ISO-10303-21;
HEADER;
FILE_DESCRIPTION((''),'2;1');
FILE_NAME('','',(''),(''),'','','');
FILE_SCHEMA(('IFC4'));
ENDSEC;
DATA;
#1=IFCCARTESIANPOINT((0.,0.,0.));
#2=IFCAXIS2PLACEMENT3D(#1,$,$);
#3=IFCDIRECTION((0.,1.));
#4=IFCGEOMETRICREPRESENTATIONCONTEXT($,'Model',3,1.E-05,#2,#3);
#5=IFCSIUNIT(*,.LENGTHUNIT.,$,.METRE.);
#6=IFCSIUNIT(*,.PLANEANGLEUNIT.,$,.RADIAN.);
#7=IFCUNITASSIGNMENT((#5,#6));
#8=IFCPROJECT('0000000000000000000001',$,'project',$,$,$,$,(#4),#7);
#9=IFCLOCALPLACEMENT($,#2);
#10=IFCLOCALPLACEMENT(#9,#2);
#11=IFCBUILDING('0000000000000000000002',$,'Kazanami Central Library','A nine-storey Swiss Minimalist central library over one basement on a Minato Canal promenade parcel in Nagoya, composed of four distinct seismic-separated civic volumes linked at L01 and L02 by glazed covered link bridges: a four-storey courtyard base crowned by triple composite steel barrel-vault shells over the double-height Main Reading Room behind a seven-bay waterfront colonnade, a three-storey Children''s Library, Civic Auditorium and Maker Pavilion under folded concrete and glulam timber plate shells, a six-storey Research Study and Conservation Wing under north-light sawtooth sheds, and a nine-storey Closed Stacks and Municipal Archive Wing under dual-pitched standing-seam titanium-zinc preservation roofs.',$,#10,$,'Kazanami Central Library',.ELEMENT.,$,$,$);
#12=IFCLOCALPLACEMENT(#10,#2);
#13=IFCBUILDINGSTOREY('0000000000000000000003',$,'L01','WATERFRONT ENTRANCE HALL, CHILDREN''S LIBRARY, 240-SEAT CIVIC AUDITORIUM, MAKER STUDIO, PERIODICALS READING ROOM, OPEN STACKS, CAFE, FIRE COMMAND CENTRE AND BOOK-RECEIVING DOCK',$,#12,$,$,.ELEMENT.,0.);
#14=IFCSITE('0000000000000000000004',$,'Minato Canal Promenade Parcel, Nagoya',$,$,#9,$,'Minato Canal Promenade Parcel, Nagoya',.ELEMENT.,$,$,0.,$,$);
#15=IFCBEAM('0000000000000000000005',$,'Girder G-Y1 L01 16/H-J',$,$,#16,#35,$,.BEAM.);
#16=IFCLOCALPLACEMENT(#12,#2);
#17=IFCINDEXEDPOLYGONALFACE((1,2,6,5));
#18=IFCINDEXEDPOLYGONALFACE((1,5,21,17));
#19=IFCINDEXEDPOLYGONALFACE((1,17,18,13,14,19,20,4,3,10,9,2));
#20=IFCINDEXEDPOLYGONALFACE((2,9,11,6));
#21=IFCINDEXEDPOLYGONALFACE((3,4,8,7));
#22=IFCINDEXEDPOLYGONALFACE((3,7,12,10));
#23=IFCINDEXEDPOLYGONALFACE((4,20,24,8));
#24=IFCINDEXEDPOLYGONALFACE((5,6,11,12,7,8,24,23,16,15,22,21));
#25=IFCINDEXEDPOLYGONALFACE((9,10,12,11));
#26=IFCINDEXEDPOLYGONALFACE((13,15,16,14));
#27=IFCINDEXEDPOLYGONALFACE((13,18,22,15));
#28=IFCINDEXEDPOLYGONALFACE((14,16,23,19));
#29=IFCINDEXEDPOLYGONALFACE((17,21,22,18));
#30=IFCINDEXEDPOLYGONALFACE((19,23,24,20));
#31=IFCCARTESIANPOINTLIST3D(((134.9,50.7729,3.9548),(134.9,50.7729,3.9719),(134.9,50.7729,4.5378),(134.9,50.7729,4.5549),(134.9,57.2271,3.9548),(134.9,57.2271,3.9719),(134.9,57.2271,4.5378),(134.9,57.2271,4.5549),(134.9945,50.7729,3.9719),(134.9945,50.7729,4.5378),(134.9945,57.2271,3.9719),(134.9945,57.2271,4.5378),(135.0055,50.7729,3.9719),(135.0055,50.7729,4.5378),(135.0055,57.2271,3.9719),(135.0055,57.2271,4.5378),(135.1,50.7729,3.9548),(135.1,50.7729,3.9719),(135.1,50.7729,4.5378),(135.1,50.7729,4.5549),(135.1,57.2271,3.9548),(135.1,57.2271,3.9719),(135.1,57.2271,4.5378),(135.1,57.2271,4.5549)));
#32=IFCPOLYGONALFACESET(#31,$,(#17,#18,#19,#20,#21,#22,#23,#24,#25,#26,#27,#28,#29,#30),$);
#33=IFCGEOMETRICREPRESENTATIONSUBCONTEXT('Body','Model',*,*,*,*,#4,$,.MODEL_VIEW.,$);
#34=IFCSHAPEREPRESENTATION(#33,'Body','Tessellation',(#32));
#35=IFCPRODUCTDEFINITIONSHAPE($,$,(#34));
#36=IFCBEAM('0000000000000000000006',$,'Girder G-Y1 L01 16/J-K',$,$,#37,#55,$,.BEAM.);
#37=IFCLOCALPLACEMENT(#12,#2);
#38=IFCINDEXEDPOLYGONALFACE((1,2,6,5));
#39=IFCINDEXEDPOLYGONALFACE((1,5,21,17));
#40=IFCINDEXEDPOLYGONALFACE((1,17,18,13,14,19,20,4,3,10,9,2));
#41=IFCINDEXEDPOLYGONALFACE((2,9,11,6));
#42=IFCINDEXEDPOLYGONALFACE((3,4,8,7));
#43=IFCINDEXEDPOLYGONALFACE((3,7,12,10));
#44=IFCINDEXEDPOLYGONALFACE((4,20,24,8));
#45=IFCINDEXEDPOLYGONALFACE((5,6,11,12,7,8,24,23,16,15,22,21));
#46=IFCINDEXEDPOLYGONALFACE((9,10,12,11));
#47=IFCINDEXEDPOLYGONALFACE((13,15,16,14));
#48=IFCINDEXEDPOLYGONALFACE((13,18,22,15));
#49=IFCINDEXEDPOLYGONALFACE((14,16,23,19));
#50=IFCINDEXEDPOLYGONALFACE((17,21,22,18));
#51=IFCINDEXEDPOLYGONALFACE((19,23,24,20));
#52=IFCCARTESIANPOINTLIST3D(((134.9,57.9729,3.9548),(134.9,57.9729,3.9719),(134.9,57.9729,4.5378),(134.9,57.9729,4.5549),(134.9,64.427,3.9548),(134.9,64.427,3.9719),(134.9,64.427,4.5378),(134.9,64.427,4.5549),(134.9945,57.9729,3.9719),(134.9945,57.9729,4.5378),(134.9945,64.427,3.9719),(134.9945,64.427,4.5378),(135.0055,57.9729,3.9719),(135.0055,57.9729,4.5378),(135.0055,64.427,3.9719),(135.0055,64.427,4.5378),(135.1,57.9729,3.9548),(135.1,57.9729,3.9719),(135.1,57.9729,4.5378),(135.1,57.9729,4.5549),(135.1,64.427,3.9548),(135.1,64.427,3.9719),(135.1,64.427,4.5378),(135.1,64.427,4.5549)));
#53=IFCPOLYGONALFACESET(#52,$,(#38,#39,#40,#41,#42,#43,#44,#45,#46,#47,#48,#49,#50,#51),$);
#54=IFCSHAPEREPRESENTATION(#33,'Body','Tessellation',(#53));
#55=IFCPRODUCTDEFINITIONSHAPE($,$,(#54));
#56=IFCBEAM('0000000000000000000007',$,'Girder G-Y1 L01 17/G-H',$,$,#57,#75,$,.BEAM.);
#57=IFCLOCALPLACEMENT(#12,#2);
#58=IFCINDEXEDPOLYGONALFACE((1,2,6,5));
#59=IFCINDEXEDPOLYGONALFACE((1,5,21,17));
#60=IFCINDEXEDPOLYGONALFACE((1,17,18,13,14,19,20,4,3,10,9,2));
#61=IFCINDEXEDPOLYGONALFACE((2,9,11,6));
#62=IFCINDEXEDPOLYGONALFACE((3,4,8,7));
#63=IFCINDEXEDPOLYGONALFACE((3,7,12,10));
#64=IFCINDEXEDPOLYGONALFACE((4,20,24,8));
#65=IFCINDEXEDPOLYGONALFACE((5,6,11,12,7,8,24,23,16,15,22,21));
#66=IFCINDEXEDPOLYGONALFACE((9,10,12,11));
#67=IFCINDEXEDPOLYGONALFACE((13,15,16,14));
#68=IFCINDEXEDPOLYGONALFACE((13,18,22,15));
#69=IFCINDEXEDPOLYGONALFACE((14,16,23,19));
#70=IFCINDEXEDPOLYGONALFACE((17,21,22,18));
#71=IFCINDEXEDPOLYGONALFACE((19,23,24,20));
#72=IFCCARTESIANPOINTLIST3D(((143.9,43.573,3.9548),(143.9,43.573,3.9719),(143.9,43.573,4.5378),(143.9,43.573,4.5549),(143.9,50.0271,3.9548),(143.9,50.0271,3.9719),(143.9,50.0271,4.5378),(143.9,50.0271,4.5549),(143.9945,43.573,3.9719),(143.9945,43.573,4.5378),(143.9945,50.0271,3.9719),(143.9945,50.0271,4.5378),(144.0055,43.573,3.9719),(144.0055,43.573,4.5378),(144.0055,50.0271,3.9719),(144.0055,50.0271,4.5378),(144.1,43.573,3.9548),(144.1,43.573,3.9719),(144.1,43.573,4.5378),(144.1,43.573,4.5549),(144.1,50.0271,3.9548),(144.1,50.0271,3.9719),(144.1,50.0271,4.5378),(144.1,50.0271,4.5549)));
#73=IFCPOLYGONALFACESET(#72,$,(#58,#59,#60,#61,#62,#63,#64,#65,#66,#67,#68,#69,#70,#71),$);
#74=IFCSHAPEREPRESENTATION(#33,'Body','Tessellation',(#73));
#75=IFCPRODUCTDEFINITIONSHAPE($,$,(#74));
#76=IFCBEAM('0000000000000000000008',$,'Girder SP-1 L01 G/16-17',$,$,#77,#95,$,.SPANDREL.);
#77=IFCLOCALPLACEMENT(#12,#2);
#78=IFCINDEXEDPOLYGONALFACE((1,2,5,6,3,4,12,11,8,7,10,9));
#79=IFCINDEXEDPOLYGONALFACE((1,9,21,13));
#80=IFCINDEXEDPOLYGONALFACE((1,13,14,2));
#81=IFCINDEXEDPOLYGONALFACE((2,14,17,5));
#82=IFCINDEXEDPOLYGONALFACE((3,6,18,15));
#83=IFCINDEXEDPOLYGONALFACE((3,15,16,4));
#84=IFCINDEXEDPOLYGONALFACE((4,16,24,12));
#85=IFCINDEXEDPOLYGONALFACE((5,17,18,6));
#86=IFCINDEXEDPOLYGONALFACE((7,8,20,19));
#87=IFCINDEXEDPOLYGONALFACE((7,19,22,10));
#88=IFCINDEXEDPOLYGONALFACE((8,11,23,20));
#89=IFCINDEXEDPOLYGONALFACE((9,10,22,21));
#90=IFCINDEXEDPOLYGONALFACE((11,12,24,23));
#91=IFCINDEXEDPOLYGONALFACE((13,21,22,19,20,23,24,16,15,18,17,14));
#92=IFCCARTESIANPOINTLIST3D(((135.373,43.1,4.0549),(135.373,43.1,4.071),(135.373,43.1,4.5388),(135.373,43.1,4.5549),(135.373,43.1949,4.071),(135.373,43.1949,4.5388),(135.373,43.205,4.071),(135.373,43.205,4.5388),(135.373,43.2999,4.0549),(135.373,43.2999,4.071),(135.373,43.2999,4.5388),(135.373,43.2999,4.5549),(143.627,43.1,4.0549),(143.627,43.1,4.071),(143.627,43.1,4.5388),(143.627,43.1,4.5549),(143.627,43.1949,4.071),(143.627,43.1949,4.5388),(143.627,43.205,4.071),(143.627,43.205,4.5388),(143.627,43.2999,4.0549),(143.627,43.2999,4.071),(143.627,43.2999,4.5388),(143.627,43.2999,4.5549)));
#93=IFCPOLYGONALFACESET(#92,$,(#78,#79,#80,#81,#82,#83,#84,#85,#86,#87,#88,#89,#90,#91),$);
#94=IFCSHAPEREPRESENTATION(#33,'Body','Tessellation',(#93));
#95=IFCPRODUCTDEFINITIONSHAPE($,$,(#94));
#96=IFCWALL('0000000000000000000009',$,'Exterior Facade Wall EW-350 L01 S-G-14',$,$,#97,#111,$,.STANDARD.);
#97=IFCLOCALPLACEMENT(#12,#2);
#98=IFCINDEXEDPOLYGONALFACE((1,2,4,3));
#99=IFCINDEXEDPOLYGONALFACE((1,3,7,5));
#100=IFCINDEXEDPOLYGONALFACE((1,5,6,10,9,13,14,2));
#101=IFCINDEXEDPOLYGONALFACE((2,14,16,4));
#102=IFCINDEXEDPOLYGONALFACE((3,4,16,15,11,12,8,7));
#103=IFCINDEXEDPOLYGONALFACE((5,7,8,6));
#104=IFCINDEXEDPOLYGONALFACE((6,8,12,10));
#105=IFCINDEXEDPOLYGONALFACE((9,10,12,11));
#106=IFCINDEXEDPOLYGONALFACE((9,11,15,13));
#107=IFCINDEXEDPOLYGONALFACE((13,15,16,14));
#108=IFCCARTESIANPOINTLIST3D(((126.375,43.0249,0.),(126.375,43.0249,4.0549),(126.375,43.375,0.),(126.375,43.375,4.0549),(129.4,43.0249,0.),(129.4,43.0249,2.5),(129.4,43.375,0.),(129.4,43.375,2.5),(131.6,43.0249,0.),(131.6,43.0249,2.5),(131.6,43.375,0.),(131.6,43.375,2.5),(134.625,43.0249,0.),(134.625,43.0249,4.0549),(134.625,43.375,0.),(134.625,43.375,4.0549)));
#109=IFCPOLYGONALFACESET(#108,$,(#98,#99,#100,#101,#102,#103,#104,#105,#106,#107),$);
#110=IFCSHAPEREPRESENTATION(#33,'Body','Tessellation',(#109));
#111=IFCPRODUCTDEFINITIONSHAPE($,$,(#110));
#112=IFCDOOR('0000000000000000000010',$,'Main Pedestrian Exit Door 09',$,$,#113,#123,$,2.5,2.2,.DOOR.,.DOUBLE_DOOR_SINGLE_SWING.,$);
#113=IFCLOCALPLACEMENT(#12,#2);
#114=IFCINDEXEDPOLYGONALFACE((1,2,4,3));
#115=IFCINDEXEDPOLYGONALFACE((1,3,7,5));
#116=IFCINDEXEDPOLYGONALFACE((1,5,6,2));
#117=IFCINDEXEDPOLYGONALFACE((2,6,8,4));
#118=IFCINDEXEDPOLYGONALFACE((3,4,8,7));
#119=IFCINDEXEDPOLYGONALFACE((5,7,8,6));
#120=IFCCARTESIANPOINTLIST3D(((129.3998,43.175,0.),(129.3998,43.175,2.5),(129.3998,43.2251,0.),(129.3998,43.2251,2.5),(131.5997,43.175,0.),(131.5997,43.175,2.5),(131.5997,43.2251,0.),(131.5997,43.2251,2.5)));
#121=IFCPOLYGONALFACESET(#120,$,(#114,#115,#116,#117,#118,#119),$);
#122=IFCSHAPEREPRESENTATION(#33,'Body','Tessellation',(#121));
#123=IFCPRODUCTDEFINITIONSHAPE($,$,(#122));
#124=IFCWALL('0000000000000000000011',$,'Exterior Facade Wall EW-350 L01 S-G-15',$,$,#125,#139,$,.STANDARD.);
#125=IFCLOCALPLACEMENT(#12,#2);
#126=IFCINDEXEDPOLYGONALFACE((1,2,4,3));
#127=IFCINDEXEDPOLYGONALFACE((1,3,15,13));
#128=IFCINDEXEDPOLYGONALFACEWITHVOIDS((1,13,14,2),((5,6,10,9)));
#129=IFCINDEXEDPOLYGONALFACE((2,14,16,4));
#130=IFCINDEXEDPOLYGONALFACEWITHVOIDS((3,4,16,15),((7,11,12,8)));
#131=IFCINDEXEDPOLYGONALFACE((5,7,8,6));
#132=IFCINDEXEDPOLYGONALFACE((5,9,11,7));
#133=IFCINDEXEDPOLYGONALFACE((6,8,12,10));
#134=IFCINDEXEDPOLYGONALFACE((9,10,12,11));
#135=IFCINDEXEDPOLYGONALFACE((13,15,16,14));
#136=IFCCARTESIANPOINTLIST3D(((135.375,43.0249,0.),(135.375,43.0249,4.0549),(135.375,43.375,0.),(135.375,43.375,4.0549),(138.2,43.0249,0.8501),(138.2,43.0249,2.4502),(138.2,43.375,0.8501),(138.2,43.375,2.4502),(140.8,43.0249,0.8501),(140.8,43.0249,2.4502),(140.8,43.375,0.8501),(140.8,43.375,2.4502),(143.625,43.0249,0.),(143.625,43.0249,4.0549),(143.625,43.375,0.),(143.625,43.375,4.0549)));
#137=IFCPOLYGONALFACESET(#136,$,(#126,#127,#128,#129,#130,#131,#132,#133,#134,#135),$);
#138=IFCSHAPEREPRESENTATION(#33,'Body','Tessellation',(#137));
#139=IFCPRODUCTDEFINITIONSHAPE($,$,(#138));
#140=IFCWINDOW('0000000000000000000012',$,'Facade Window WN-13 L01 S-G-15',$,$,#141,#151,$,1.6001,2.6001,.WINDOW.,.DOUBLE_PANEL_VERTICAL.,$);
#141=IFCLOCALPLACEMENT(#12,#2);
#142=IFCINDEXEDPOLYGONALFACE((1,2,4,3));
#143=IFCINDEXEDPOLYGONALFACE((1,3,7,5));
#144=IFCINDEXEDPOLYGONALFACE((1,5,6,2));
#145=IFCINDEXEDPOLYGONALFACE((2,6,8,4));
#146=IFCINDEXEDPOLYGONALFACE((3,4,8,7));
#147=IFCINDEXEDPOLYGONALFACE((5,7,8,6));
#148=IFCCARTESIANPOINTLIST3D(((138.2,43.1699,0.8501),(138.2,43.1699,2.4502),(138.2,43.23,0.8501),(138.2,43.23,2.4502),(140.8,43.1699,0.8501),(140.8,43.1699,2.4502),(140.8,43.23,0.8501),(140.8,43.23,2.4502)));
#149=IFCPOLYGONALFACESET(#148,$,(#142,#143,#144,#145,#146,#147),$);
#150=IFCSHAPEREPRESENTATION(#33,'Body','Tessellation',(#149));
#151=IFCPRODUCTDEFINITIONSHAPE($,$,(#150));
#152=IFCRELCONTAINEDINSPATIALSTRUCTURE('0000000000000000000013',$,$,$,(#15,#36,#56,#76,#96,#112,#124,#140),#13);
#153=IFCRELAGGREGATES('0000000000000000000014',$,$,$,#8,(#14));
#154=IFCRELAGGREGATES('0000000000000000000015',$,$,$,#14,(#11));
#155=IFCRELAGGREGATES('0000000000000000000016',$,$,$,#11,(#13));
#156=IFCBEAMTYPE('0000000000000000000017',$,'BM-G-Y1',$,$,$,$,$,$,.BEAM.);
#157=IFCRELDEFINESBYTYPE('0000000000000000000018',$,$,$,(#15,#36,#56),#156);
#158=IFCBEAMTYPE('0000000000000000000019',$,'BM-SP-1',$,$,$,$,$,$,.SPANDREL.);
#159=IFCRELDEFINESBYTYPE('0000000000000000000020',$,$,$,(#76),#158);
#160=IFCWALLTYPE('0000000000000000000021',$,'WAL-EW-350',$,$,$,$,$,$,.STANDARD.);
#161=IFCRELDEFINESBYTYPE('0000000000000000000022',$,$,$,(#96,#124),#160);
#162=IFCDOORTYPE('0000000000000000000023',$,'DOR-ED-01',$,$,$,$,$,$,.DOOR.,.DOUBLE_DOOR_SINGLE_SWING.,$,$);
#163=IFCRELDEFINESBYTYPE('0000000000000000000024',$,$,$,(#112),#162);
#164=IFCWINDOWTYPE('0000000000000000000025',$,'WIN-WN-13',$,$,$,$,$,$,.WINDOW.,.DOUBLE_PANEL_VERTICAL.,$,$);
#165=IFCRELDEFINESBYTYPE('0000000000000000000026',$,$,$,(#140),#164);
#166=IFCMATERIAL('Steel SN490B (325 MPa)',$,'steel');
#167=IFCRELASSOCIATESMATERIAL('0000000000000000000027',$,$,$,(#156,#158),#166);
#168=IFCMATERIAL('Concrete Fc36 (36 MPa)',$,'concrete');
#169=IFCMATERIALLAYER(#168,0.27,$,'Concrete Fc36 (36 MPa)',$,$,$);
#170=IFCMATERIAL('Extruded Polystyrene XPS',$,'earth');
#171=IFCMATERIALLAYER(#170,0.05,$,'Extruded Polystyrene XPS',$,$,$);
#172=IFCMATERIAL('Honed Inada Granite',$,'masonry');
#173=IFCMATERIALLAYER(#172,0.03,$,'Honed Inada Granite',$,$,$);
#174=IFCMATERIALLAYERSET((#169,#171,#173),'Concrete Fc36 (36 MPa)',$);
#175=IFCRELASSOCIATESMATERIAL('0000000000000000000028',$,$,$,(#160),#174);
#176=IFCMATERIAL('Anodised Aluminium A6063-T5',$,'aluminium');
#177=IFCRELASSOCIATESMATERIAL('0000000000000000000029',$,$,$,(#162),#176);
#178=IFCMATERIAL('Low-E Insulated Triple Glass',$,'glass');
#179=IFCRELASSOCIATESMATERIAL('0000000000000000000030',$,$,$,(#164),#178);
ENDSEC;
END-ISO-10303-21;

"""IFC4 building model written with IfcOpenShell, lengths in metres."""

from ifc_helpers import new_model, si_unit, direction, frame, frame_2d, origin, origin_2d, place, context, subcontext, project, spatial, rectangle, i_section, extrude, material, layer, layer_set, material_profile, profile_set, type_object, element, fill, save


model = new_model("IFC4")

# Units and contexts
model_context = context("Model", 3, precision=1e-05, world=origin(), true_north=direction((0.0, 1.0)))
body_context = subcontext(model_context, "Body", "Model", "MODEL_VIEW")
ifc_project = project(units=[si_unit("LENGTHUNIT", "METRE"), si_unit("PLANEANGLEUNIT", "RADIAN")], contexts=[model_context])

# Site, building, storey
site_placement = place(None, origin())
site = spatial("IfcSite", under=ifc_project, at=site_placement, Name="Minato Canal Promenade Parcel, Nagoya", LongName="Minato Canal Promenade Parcel, Nagoya", CompositionType="ELEMENT", RefElevation=0.0)
building_placement = place(site_placement, origin())
building = spatial("IfcBuilding", under=site, at=building_placement, Name="Kazanami Central Library", Description="A nine-storey Swiss Minimalist central library over one basement on a Minato Canal promenade parcel in Nagoya, composed of four distinct seismic-separated civic volumes linked at L01 and L02 by glazed covered link bridges: a four-storey courtyard base crowned by triple composite steel barrel-vault shells over the double-height Main Reading Room behind a seven-bay waterfront colonnade, a three-storey Children's Library, Civic Auditorium and Maker Pavilion under folded concrete and glulam timber plate shells, a six-storey Research Study and Conservation Wing under north-light sawtooth sheds, and a nine-storey Closed Stacks and Municipal Archive Wing under dual-pitched standing-seam titanium-zinc preservation roofs.", LongName="Kazanami Central Library", CompositionType="ELEMENT")
storey_placement = place(building_placement, origin())
storey = spatial("IfcBuildingStorey", under=building, at=storey_placement, Name="L01", Description="WATERFRONT ENTRANCE HALL, CHILDREN'S LIBRARY, 240-SEAT CIVIC AUDITORIUM, MAKER STUDIO, PERIODICALS READING ROOM, OPEN STACKS, CAFE, FIRE COMMAND CENTRE AND BOOK-RECEIVING DOCK", CompositionType="ELEMENT", Elevation=0.0)

# Beams
ifc_material_1 = material(Name="Steel SN490B (325 MPa)", Category="steel")
ifc_material_profile_1 = material_profile(ifc_material_1, i_section(OverallWidth=0.2, OverallDepth=0.6001, WebThickness=0.011, FlangeThickness=0.0171, at=origin_2d()), Name="H-600x200x11x17")
ifc_profile_set_1 = profile_set([ifc_material_profile_1], Name="Steel SN490B (325 MPa)")
beam_type_1 = type_object("IfcBeamType", Name="BM-G-Y1", PredefinedType="BEAM", material=ifc_profile_set_1)
for number, where, z_axis, x_axis, name in (
    (1, (135.0, 50.7729, 4.2549), (0.0, 1.0, 0.0), (-1.0, 0.0, 0.0), "Girder G-Y1 L01 16/H-J"),
    (2, (135.0, 57.9729, 4.2549), (0.0, 1.0, 0.0), (-1.0, 0.0, 0.0), "Girder G-Y1 L01 16/J-K"),
    (3, (144.0, 43.573, 4.2549), (0.0, 1.0, 0.0), (-1.0, 0.0, 0.0), "Girder G-Y1 L01 17/G-H"),
):
    element("IfcBeam", number, at=place(storey_placement, frame(where, z_axis=z_axis, x_axis=x_axis)), inside=storey, type_object=beam_type_1, Name=name, PredefinedType="BEAM", context=body_context, shape_type="SweptSolid", body=[
        extrude(i_section(OverallWidth=0.2, OverallDepth=0.6001, WebThickness=0.011, FlangeThickness=0.0171, at=origin_2d()), origin(), (0.0, 0.0, 1.0), 6.4541),
    ])
ifc_material_profile_2 = material_profile(ifc_material_1, i_section(OverallWidth=0.2, OverallDepth=0.5, WebThickness=0.01, FlangeThickness=0.0161, at=origin_2d()), Name="H-500x200x10x16")
ifc_profile_set_2 = profile_set([ifc_material_profile_2], Name="Steel SN490B (325 MPa)")
beam_type_2 = type_object("IfcBeamType", Name="BM-SP-1", PredefinedType="SPANDREL", material=ifc_profile_set_2)
beam_1_placement = place(storey_placement, frame((135.373, 43.2, 4.3049), z_axis=(1.0, 0.0, 0.0), x_axis=(0.0, 1.0, 0.0)))
element("IfcBeam", 4, at=beam_1_placement, inside=storey, type_object=beam_type_2, Name="Girder SP-1 L01 G/16-17", PredefinedType="SPANDREL", context=body_context, shape_type="SweptSolid", body=[
    extrude(i_section(OverallWidth=0.2, OverallDepth=0.5, WebThickness=0.01, FlangeThickness=0.0161, at=origin_2d()), origin(), (0.0, 0.0, 1.0), 8.2539),
])

# Wall, opening, door
ifc_material_2 = material(Name="Concrete Fc36 (36 MPa)", Category="concrete")
ifc_layer_1 = layer(ifc_material_2, 0.27, Name="Concrete Fc36 (36 MPa)")
ifc_material_3 = material(Name="Extruded Polystyrene XPS", Category="earth")
ifc_layer_2 = layer(ifc_material_3, 0.05, Name="Extruded Polystyrene XPS")
ifc_material_4 = material(Name="Honed Inada Granite", Category="masonry")
ifc_layer_3 = layer(ifc_material_4, 0.03, Name="Honed Inada Granite")
ifc_layer_set_1 = layer_set([ifc_layer_1, ifc_layer_2, ifc_layer_3], Name="Concrete Fc36 (36 MPa)")
wall_type_1 = type_object("IfcWallType", Name="WAL-EW-350", PredefinedType="STANDARD", material=ifc_layer_set_1)
wall_1_placement = place(storey_placement, frame((126.375, 43.2, 0.0), z_axis=(0.0, 0.0, 1.0), x_axis=(1.0, 0.0, 0.0)))
wall_1 = element("IfcWall", 5, at=wall_1_placement, inside=storey, type_object=wall_type_1, Name="Exterior Facade Wall EW-350 L01 S-G-14", PredefinedType="STANDARD", context=body_context, shape_type="SweptSolid", body=[
    extrude(rectangle(XDim=8.25, YDim=0.3501, at=frame_2d((4.125, 0.0))), origin(), (0.0, 0.0, 1.0), 4.0549),
])
opening_1_placement = place(wall_1_placement, frame((3.0249, 0.0, 0.0)))
opening_1 = element("IfcOpeningElement", 6, at=opening_1_placement, cuts=wall_1, PredefinedType="OPENING", context=body_context, shape_type="SweptSolid", body=[
    extrude(rectangle(XDim=2.2, YDim=2.5, at=frame_2d((1.1001, 1.25))), frame((0.0, 0.187, 0.0), z_axis=(0.0, -1.0, 0.0), x_axis=(1.0, 0.0, 0.0)), (0.0, 0.0, 1.0), 0.374),
])
ifc_material_5 = material(Name="Anodised Aluminium A6063-T5", Category="aluminium")
door_type_1 = type_object("IfcDoorType", Name="DOR-ED-01", OperationType="DOUBLE_DOOR_SINGLE_SWING", PredefinedType="DOOR", material=ifc_material_5)
door_1_placement = place(opening_1_placement, frame((2.2, 0.0, 0.0), z_axis=(0.0, 0.0, 1.0), x_axis=(-1.0, 0.0, 0.0)))
door_1 = element("IfcDoor", 7, at=door_1_placement, inside=storey, type_object=door_type_1, Name="Main Pedestrian Exit Door 09", OperationType="DOUBLE_DOOR_SINGLE_SWING", OverallHeight=2.5, OverallWidth=2.2, PredefinedType="DOOR", context=body_context, shape_type="SweptSolid", body=[
    extrude(rectangle(XDim=2.2, YDim=2.5, at=frame_2d((1.1001, 1.25))), frame((0.0, 0.0249, 0.0), z_axis=(0.0, -1.0, 0.0), x_axis=(1.0, 0.0, 0.0)), (0.0, 0.0, 1.0), 0.05),
])
fill(opening_1, door_1)

# Wall, opening, window
wall_2_placement = place(storey_placement, frame((135.375, 43.2, 0.0), z_axis=(0.0, 0.0, 1.0), x_axis=(1.0, 0.0, 0.0)))
wall_2 = element("IfcWall", 8, at=wall_2_placement, inside=storey, type_object=wall_type_1, Name="Exterior Facade Wall EW-350 L01 S-G-15", PredefinedType="STANDARD", context=body_context, shape_type="SweptSolid", body=[
    extrude(rectangle(XDim=8.25, YDim=0.3501, at=frame_2d((4.125, 0.0))), origin(), (0.0, 0.0, 1.0), 4.0549),
])
opening_2_placement = place(wall_2_placement, frame((2.825, 0.0, 0.8501)))
opening_2 = element("IfcOpeningElement", 9, at=opening_2_placement, cuts=wall_2, PredefinedType="OPENING", context=body_context, shape_type="SweptSolid", body=[
    extrude(rectangle(XDim=2.6001, YDim=1.6001, at=frame_2d((1.3, 0.8))), frame((0.0, 0.187, 0.0), z_axis=(0.0, -1.0, 0.0), x_axis=(1.0, 0.0, 0.0)), (0.0, 0.0, 1.0), 0.374),
])
ifc_material_6 = material(Name="Low-E Insulated Triple Glass", Category="glass")
window_type = type_object("IfcWindowType", Name="WIN-WN-13", PartitioningType="DOUBLE_PANEL_VERTICAL", PredefinedType="WINDOW", material=ifc_material_6)
window_placement = place(opening_2_placement, origin())
window = element("IfcWindow", 10, at=window_placement, inside=storey, type_object=window_type, Name="Facade Window WN-13 L01 S-G-15", OverallHeight=1.6001, OverallWidth=2.6001, PartitioningType="DOUBLE_PANEL_VERTICAL", PredefinedType="WINDOW", context=body_context, shape_type="SweptSolid", body=[
    extrude(rectangle(XDim=2.6001, YDim=1.6001, at=frame_2d((1.3, 0.8))), frame((0.0, 0.03, 0.0), z_axis=(0.0, -1.0, 0.0), x_axis=(1.0, 0.0, 0.0)), (0.0, 0.0, 1.0), 0.0601),
])
fill(opening_2, window)

save(model, "model.ifc")
